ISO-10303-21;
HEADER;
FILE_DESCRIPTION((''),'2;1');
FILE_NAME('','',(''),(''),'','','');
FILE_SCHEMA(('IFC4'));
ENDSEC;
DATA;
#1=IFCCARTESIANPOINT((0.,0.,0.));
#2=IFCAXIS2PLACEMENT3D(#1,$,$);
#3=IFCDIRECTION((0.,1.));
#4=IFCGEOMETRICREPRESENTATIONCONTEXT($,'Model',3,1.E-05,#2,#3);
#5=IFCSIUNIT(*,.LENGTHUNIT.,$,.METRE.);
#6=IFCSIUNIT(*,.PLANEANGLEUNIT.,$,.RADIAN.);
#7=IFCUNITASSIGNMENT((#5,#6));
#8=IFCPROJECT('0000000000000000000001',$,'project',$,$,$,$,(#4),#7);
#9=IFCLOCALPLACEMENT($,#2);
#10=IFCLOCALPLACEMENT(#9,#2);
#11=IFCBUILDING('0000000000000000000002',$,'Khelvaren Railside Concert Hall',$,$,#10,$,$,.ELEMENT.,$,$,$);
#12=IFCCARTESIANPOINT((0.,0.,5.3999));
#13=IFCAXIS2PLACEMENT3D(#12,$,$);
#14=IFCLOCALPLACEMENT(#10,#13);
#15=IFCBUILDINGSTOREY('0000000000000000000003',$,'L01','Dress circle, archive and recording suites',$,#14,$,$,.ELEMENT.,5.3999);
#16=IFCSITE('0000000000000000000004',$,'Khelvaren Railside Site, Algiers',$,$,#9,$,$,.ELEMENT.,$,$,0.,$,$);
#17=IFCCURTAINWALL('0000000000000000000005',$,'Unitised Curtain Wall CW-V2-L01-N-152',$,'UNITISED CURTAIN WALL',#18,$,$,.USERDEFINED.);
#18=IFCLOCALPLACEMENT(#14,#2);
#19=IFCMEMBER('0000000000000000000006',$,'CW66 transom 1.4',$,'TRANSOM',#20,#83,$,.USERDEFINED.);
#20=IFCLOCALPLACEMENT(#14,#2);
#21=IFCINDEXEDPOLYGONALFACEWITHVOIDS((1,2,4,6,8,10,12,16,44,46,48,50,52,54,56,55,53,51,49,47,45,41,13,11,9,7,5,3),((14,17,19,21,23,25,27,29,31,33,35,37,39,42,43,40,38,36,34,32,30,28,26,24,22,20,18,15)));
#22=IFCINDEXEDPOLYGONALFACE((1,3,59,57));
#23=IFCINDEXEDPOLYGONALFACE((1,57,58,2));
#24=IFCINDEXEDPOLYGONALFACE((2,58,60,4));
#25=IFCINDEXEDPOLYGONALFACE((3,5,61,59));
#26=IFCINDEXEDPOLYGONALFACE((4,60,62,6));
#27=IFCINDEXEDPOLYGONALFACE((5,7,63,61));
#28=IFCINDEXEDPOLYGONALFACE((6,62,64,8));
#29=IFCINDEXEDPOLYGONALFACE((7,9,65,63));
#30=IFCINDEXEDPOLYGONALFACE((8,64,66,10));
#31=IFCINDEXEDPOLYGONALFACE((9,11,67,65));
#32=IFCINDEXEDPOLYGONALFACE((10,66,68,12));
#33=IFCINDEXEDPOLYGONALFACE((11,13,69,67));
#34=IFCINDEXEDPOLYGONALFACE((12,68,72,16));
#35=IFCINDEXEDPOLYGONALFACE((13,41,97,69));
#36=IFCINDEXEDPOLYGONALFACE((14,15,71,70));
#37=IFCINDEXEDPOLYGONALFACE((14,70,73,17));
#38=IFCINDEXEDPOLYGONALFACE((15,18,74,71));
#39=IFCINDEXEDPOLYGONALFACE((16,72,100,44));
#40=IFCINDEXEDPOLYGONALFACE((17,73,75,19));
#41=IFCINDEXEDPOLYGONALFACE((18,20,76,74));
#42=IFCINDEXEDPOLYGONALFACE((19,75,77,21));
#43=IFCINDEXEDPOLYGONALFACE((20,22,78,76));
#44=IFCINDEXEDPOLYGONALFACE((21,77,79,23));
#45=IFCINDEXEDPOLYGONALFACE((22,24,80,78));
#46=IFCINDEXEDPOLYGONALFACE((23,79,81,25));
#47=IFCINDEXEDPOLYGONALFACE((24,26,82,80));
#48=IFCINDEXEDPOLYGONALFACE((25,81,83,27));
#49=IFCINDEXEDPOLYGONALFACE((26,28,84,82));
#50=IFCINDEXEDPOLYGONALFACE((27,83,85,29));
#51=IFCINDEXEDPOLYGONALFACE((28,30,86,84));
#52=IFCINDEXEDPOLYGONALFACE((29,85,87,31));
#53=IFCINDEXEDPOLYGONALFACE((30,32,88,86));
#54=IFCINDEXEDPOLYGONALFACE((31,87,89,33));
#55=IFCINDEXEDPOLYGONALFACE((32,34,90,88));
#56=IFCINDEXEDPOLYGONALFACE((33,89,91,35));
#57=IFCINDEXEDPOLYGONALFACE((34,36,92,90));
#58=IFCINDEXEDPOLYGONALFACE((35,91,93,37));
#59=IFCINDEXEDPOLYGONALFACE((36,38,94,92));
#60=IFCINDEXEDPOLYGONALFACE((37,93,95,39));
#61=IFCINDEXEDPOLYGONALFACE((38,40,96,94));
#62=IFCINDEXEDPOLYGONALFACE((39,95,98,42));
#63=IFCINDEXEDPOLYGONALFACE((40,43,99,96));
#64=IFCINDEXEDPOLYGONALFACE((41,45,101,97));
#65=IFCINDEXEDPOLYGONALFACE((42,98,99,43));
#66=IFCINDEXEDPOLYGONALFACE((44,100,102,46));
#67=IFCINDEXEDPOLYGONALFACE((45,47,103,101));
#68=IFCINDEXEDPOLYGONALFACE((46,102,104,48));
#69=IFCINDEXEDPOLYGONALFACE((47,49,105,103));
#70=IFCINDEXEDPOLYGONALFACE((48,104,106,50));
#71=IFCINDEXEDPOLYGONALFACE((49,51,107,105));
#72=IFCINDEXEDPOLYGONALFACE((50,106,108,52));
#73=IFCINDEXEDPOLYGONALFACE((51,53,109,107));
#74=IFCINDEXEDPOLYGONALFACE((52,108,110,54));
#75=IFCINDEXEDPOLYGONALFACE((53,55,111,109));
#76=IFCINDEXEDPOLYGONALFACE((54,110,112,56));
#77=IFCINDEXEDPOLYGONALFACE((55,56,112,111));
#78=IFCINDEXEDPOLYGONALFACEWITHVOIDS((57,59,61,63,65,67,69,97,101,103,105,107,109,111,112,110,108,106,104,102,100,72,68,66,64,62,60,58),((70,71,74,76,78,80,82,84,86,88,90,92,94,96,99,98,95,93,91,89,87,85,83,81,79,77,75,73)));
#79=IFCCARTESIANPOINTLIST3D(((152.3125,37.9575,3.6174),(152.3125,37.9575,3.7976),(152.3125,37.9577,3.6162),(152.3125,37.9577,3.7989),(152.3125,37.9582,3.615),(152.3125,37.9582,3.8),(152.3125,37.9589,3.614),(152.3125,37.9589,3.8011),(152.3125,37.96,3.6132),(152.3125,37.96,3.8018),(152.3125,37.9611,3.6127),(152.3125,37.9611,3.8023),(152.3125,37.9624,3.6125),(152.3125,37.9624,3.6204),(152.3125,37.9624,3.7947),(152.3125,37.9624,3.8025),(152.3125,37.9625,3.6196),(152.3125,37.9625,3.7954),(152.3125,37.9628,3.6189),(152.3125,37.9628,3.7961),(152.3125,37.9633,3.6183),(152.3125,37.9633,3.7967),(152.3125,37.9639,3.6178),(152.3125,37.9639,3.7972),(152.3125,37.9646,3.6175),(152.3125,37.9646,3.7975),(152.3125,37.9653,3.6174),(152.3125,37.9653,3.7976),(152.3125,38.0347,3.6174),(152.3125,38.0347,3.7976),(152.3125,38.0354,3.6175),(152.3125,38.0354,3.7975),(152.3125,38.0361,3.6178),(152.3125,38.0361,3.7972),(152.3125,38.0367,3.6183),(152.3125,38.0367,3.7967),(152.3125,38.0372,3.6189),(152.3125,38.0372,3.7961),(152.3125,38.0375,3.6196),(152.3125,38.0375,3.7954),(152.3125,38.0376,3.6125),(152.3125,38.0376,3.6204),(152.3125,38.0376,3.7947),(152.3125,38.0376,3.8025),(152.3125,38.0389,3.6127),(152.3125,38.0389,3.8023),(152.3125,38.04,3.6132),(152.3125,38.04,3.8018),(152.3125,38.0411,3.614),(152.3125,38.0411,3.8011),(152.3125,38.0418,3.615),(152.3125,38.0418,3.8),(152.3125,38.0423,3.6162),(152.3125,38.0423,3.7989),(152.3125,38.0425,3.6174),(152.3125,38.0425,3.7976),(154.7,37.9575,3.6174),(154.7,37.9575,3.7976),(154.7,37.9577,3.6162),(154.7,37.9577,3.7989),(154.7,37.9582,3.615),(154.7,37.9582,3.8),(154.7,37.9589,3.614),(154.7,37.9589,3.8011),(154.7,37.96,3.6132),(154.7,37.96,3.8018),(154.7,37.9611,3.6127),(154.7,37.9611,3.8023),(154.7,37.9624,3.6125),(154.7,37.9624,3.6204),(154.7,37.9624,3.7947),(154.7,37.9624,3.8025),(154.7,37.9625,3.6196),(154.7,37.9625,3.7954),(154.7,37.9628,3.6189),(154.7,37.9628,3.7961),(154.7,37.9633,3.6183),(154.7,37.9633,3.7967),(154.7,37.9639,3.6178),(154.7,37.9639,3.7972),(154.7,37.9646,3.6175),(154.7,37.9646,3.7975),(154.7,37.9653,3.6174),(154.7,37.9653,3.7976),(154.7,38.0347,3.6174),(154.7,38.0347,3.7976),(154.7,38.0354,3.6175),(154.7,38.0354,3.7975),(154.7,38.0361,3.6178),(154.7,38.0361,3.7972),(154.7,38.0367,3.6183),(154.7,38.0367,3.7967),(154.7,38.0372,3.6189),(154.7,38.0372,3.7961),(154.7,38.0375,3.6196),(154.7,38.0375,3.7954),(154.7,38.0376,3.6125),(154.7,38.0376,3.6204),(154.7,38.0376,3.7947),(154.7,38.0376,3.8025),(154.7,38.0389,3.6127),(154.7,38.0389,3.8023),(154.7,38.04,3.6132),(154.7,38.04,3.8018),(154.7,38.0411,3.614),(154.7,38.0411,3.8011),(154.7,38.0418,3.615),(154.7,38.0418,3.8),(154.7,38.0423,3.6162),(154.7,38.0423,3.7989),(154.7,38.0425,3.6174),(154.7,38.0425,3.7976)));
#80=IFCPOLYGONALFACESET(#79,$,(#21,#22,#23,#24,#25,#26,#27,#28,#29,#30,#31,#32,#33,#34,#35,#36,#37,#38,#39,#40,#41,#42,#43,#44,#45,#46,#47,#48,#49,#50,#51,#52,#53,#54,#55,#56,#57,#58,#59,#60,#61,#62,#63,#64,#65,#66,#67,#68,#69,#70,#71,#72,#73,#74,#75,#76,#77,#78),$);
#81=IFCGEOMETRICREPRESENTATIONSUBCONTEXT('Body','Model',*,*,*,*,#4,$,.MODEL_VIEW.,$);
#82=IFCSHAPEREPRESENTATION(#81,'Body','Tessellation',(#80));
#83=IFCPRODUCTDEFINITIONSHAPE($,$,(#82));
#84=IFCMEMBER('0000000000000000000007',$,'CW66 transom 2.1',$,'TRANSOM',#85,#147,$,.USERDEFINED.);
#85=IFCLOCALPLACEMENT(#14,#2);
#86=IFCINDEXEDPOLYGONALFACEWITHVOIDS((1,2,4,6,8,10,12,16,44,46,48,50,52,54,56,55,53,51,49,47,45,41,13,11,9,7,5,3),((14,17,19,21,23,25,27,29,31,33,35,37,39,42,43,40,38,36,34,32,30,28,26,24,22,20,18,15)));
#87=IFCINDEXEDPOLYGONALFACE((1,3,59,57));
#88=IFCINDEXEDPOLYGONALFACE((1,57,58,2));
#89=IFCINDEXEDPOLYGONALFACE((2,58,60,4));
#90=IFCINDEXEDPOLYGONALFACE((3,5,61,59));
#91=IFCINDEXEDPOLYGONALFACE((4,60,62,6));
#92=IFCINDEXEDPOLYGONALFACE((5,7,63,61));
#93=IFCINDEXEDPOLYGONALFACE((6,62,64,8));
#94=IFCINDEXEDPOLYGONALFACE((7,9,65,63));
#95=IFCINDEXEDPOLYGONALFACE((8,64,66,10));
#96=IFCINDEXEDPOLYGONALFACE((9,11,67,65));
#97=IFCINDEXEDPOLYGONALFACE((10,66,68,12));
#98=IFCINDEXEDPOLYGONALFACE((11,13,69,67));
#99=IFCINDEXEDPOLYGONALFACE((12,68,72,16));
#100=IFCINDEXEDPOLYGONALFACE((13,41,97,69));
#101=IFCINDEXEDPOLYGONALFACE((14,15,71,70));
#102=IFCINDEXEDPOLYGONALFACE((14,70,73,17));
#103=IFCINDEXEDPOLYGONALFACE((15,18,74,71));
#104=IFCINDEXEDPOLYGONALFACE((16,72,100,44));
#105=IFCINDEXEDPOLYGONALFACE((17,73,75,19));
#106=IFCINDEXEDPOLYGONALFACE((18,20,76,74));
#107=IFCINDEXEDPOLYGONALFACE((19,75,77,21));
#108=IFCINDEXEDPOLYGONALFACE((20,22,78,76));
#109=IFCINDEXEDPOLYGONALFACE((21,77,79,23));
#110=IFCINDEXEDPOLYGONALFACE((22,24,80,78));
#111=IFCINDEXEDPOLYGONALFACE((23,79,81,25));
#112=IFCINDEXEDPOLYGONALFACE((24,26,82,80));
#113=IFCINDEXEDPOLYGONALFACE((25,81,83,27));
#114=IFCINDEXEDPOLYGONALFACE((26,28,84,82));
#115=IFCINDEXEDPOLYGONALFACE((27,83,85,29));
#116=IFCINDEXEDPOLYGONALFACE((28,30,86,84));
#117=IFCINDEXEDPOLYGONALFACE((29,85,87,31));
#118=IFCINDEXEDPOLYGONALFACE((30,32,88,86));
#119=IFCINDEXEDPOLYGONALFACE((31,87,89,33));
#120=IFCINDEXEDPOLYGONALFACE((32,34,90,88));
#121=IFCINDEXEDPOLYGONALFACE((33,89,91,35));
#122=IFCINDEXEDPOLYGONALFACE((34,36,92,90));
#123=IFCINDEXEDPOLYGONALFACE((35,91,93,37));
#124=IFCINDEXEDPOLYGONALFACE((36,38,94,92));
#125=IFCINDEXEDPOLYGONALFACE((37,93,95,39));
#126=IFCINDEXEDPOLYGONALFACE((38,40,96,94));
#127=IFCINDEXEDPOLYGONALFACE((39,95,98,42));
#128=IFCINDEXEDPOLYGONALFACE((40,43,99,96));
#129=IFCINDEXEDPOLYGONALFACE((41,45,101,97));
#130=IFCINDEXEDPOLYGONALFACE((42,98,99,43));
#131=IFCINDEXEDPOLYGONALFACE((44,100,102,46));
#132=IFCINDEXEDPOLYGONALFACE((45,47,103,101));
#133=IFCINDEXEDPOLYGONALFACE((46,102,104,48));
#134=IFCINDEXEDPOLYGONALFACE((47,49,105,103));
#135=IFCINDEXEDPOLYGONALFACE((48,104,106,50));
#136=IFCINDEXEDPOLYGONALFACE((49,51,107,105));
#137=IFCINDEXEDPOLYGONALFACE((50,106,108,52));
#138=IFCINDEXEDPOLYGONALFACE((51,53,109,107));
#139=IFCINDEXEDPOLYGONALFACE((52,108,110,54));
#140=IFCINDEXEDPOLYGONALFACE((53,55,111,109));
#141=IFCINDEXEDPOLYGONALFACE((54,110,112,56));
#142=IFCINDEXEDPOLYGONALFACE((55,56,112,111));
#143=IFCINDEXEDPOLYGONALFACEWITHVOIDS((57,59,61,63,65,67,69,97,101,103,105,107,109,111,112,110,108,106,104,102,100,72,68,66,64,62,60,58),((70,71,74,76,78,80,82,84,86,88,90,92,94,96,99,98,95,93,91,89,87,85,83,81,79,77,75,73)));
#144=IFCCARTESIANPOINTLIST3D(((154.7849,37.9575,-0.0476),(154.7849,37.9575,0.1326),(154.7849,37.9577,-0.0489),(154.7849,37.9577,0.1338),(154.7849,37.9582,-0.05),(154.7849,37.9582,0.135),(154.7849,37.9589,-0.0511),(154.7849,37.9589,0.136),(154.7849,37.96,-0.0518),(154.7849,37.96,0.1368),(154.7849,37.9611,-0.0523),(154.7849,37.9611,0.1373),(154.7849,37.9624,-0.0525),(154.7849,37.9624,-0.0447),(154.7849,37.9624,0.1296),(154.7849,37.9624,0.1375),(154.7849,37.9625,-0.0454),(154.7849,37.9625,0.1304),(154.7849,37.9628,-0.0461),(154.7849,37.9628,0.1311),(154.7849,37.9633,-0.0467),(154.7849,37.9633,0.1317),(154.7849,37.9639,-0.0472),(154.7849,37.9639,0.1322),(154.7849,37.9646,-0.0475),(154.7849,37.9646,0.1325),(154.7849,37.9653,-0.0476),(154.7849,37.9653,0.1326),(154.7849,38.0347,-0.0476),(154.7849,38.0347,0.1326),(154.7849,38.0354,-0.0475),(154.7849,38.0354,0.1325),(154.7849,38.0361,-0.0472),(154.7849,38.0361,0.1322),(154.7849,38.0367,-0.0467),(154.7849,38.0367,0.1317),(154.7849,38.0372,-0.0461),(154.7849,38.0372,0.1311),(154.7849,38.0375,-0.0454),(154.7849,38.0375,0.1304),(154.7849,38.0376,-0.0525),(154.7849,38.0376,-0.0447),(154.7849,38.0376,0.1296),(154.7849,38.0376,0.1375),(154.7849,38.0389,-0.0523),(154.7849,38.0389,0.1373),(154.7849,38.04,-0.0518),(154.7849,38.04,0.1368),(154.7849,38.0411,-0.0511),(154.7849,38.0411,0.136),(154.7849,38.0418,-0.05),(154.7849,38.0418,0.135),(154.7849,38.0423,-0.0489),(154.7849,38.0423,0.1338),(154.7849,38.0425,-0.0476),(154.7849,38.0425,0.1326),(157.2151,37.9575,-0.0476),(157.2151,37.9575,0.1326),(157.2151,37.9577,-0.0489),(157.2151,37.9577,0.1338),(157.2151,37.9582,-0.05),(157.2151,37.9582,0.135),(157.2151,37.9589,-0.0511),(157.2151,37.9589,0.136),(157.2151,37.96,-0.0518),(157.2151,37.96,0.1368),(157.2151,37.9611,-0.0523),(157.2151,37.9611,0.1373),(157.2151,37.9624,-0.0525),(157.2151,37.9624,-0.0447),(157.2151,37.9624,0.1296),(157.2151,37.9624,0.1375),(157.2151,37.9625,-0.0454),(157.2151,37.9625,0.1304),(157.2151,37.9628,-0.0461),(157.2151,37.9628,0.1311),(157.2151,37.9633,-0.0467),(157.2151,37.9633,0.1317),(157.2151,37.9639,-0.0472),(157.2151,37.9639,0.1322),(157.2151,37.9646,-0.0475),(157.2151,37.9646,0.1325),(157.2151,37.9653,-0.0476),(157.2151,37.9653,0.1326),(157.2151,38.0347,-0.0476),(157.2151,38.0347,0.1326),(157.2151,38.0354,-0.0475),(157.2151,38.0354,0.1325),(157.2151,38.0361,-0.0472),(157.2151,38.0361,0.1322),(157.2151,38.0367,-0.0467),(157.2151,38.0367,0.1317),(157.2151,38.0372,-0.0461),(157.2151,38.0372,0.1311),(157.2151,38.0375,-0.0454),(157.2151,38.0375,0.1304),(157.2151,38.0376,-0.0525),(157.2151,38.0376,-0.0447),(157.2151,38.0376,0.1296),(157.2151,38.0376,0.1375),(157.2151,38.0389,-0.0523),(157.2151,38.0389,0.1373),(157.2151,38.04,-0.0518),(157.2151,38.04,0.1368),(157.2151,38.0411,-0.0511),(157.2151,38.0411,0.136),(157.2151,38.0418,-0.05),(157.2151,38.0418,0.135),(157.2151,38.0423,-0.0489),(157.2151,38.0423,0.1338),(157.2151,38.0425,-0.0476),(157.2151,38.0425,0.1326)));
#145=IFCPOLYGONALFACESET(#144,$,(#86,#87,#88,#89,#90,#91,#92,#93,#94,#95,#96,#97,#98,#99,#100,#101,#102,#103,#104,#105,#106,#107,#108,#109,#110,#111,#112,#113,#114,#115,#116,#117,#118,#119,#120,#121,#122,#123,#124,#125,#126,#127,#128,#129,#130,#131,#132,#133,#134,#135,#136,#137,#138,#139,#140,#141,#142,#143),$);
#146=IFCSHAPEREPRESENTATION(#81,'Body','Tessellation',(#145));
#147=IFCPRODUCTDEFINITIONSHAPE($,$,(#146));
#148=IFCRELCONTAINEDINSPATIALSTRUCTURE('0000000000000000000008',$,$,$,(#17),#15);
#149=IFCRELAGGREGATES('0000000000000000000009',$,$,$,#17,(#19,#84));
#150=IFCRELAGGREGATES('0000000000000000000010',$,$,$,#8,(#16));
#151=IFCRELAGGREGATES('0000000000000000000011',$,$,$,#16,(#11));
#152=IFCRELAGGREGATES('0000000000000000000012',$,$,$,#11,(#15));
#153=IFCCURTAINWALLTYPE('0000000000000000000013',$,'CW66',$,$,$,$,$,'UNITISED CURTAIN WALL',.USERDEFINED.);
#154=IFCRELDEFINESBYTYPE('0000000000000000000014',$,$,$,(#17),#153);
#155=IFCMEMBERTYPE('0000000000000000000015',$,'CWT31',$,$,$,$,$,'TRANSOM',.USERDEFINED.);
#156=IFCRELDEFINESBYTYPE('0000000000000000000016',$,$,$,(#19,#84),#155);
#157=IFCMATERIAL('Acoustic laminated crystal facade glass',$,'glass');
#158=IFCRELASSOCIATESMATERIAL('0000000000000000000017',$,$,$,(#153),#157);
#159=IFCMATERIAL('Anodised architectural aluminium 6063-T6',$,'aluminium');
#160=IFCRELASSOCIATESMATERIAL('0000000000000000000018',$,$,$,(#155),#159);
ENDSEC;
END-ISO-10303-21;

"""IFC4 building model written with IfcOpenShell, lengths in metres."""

from ifc_helpers import new_model, si_unit, direction, frame, origin, origin_2d, place, context, subcontext, project, spatial, hollow_rectangle, extrude, material, material_profile, profile_set, type_object, element, aggregate, save


model = new_model("IFC4")

# Units and contexts
model_context = context("Model", 3, precision=1e-05, world=origin(), true_north=direction((0.0, 1.0)))
body_context = subcontext(model_context, "Body", "Model", "MODEL_VIEW")
ifc_project = project(units=[si_unit("LENGTHUNIT", "METRE"), si_unit("PLANEANGLEUNIT", "RADIAN")], contexts=[model_context])

# Site, building, storey
site_placement = place(None, origin())
site = spatial("IfcSite", under=ifc_project, at=site_placement, Name="Khelvaren Railside Site, Algiers", CompositionType="ELEMENT", RefElevation=0.0)
building_placement = place(site_placement, origin())
building = spatial("IfcBuilding", under=site, at=building_placement, Name="Khelvaren Railside Concert Hall", CompositionType="ELEMENT")
storey_placement = place(building_placement, frame((0.0, 0.0, 5.3999)))
storey = spatial("IfcBuildingStorey", under=building, at=storey_placement, Name="L01", Description="Dress circle, archive and recording suites", CompositionType="ELEMENT", Elevation=5.3999)

# Shared definitions
ifc_material_1 = material(Name="Acoustic laminated crystal facade glass", Category="glass")
ifc_material_2 = material(Name="Anodised architectural aluminium 6063-T6", Category="aluminium")

# Curtain wall
curtain_wall_type_1 = type_object("IfcCurtainWallType", Name="CW66", ElementType="UNITISED CURTAIN WALL", PredefinedType="USERDEFINED", material=ifc_material_1)
curtain_wall_1_placement = place(storey_placement, origin())
curtain_wall_1 = element("IfcCurtainWall", 1, at=curtain_wall_1_placement, inside=storey, type_object=curtain_wall_type_1, Name="Unitised Curtain Wall CW-V2-L01-N-152", ObjectType="UNITISED CURTAIN WALL", PredefinedType="USERDEFINED")

# Members
ifc_material_profile_1 = material_profile(ifc_material_2, hollow_rectangle(XDim=0.085, YDim=0.1899, WallThickness=0.0049, InnerFilletRadius=0.0029, OuterFilletRadius=0.0049, at=origin_2d()), Name="CWT 85x190x5")
ifc_profile_set_1 = profile_set([ifc_material_profile_1], Name="Anodised architectural aluminium 6063-T6")
member_type_1 = type_object("IfcMemberType", Name="CWT31", ElementType="TRANSOM", PredefinedType="USERDEFINED", material=ifc_profile_set_1)
member_1_placement = place(storey_placement, frame((152.3125, 38.0, 3.7075), z_axis=(1.0, 0.0, 0.0), x_axis=(0.0, 1.0, 0.0)))
member_1 = element("IfcMember", 2, at=member_1_placement, type_object=member_type_1, Name="CW66 transom 1.4", ObjectType="TRANSOM", PredefinedType="USERDEFINED", context=body_context, shape_type="SweptSolid", body=[
    extrude(hollow_rectangle(XDim=0.085, YDim=0.1899, WallThickness=0.0049, InnerFilletRadius=0.0029, OuterFilletRadius=0.0049, at=origin_2d()), origin(), (0.0, 0.0, 1.0), 2.3875),
])
member_2_placement = place(storey_placement, frame((154.7849, 38.0, 0.0425), z_axis=(1.0, 0.0, 0.0), x_axis=(0.0, 1.0, 0.0)))
member_2 = element("IfcMember", 3, at=member_2_placement, type_object=member_type_1, Name="CW66 transom 2.1", ObjectType="TRANSOM", PredefinedType="USERDEFINED", context=body_context, shape_type="SweptSolid", body=[
    extrude(hollow_rectangle(XDim=0.085, YDim=0.1899, WallThickness=0.0049, InnerFilletRadius=0.0029, OuterFilletRadius=0.0049, at=origin_2d()), origin(), (0.0, 0.0, 1.0), 2.4302),
])

aggregate(curtain_wall_1, [member_1, member_2])

save(model, "model.ifc")
